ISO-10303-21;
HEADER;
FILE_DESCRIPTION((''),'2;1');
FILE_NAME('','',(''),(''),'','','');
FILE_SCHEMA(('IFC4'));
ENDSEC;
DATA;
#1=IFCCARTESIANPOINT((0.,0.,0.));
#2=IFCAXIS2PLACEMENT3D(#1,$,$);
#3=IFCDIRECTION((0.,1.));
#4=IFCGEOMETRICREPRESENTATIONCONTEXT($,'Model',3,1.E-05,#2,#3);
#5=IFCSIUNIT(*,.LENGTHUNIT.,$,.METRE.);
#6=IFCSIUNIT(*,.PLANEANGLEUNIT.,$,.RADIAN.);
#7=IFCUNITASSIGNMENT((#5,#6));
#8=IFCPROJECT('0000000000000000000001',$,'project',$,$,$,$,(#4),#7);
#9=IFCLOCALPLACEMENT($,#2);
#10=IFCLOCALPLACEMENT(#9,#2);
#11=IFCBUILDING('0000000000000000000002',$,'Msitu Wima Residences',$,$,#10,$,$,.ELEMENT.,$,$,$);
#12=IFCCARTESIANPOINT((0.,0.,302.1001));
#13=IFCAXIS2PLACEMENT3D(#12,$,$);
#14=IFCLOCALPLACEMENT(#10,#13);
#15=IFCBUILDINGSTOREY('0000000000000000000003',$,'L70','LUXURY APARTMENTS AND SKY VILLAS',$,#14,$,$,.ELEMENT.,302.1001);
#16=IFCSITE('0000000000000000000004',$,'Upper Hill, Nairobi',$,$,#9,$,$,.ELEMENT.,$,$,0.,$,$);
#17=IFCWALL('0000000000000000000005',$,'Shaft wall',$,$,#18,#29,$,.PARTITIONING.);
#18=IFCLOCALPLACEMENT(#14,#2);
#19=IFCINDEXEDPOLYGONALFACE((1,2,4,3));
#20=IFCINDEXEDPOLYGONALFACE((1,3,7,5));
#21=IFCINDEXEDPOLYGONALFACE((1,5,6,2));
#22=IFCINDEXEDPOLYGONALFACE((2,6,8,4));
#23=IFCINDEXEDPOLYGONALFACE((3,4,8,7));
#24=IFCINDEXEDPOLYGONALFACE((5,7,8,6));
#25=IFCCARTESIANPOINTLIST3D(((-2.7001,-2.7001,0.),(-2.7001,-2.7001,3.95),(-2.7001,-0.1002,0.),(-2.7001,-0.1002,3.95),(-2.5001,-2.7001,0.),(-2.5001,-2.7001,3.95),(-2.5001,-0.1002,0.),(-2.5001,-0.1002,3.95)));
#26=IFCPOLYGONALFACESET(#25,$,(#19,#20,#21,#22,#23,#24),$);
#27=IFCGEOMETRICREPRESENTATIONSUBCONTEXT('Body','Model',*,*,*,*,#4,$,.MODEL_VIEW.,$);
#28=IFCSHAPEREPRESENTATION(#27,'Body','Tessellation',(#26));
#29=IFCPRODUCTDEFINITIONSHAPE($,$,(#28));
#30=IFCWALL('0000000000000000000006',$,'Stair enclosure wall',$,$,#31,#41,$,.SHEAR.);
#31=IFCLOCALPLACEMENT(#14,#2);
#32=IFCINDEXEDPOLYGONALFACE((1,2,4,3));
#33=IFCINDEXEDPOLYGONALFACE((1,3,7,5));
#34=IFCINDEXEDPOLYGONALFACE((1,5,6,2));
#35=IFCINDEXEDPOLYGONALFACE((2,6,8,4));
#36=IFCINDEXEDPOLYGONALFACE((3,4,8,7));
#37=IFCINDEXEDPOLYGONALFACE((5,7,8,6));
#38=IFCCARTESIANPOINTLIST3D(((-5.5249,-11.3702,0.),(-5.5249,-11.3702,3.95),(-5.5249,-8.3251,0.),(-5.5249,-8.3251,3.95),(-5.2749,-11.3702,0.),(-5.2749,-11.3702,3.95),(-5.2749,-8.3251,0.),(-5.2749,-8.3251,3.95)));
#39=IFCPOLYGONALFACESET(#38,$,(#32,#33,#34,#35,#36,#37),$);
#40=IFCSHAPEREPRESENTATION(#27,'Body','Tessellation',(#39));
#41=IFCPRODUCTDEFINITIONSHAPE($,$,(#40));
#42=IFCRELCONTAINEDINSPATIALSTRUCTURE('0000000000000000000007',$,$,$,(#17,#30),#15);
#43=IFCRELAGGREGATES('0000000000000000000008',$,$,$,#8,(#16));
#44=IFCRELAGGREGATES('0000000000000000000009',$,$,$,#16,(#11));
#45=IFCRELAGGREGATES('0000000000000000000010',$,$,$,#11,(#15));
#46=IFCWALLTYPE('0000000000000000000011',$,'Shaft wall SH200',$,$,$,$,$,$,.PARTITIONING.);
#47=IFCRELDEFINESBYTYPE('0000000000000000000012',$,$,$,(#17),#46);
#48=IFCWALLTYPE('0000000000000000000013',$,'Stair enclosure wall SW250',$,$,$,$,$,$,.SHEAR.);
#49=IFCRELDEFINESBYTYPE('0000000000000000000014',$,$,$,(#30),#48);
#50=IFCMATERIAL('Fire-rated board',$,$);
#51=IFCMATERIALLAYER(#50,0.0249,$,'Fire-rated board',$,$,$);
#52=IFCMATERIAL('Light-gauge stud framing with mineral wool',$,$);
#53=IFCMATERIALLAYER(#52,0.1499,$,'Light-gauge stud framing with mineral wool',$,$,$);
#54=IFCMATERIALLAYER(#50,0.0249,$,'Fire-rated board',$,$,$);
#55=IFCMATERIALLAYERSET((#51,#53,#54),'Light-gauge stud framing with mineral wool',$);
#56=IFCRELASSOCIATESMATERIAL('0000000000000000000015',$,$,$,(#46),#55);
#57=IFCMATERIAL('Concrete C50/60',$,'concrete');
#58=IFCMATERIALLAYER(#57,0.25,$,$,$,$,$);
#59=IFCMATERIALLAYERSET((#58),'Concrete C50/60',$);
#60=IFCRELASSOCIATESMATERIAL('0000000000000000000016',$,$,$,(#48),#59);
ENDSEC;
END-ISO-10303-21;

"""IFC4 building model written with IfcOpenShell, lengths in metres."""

from ifc_helpers import new_model, si_unit, direction, frame, frame_2d, origin, place, context, subcontext, project, spatial, rectangle, extrude, material, layer, layer_set, type_object, element, save


model = new_model("IFC4")

# Units and contexts
model_context = context("Model", 3, precision=1e-05, world=origin(), true_north=direction((0.0, 1.0)))
body_context = subcontext(model_context, "Body", "Model", "MODEL_VIEW")
ifc_project = project(units=[si_unit("LENGTHUNIT", "METRE"), si_unit("PLANEANGLEUNIT", "RADIAN")], contexts=[model_context])

# Site, building, storey
site_placement = place(None, origin())
site = spatial("IfcSite", under=ifc_project, at=site_placement, Name="Upper Hill, Nairobi", CompositionType="ELEMENT", RefElevation=0.0)
building_placement = place(site_placement, origin())
building = spatial("IfcBuilding", under=site, at=building_placement, Name="Msitu Wima Residences", CompositionType="ELEMENT")
storey_placement = place(building_placement, frame((0.0, 0.0, 302.1001)))
storey = spatial("IfcBuildingStorey", under=building, at=storey_placement, Name="L70", Description="LUXURY APARTMENTS AND SKY VILLAS", CompositionType="ELEMENT", Elevation=302.1001)

# Walls
ifc_material_1 = material(Name="Fire-rated board")
ifc_layer_1 = layer(ifc_material_1, 0.0249, Name="Fire-rated board")
ifc_material_2 = material(Name="Light-gauge stud framing with mineral wool")
ifc_layer_2 = layer(ifc_material_2, 0.1499, Name="Light-gauge stud framing with mineral wool")
ifc_layer_3 = layer(ifc_material_1, 0.0249, Name="Fire-rated board")
ifc_layer_set_1 = layer_set([ifc_layer_1, ifc_layer_2, ifc_layer_3], Name="Light-gauge stud framing with mineral wool")
wall_type_1 = type_object("IfcWallType", Name="Shaft wall SH200", PredefinedType="PARTITIONING", material=ifc_layer_set_1)
for number, where, z_axis, x_axis, name in (
    (1, (-2.6001, -2.7, 0.0), (0.0, 0.0, 1.0), (0.0, 1.0, 0.0), "Shaft wall"),
):
    element("IfcWall", number, at=place(storey_placement, frame(where, z_axis=z_axis, x_axis=x_axis)), inside=storey, type_object=wall_type_1, Name=name, PredefinedType="PARTITIONING", context=body_context, shape_type="SweptSolid", body=[
        extrude(rectangle(XDim=2.5999, YDim=0.2, at=frame_2d((1.2998, 0.0))), origin(), (0.0, 0.0, 1.0), 3.95),
    ])
ifc_material_3 = material(Name="Concrete C50/60", Category="concrete")
ifc_layer_4 = layer(ifc_material_3, 0.25)
ifc_layer_set_2 = layer_set([ifc_layer_4], Name="Concrete C50/60")
wall_type_2 = type_object("IfcWallType", Name="Stair enclosure wall SW250", PredefinedType="SHEAR", material=ifc_layer_set_2)
wall_1_placement = place(storey_placement, frame((-5.3999, -11.3701, 0.0), z_axis=(0.0, 0.0, 1.0), x_axis=(0.0, 1.0, 0.0)))
element("IfcWall", 2, at=wall_1_placement, inside=storey, type_object=wall_type_2, Name="Stair enclosure wall", PredefinedType="SHEAR", context=body_context, shape_type="SweptSolid", body=[
    extrude(rectangle(XDim=3.0452, YDim=0.25, at=frame_2d((1.5225, 0.0))), origin(), (0.0, 0.0, 1.0), 3.95),
])

save(model, "model.ifc")
